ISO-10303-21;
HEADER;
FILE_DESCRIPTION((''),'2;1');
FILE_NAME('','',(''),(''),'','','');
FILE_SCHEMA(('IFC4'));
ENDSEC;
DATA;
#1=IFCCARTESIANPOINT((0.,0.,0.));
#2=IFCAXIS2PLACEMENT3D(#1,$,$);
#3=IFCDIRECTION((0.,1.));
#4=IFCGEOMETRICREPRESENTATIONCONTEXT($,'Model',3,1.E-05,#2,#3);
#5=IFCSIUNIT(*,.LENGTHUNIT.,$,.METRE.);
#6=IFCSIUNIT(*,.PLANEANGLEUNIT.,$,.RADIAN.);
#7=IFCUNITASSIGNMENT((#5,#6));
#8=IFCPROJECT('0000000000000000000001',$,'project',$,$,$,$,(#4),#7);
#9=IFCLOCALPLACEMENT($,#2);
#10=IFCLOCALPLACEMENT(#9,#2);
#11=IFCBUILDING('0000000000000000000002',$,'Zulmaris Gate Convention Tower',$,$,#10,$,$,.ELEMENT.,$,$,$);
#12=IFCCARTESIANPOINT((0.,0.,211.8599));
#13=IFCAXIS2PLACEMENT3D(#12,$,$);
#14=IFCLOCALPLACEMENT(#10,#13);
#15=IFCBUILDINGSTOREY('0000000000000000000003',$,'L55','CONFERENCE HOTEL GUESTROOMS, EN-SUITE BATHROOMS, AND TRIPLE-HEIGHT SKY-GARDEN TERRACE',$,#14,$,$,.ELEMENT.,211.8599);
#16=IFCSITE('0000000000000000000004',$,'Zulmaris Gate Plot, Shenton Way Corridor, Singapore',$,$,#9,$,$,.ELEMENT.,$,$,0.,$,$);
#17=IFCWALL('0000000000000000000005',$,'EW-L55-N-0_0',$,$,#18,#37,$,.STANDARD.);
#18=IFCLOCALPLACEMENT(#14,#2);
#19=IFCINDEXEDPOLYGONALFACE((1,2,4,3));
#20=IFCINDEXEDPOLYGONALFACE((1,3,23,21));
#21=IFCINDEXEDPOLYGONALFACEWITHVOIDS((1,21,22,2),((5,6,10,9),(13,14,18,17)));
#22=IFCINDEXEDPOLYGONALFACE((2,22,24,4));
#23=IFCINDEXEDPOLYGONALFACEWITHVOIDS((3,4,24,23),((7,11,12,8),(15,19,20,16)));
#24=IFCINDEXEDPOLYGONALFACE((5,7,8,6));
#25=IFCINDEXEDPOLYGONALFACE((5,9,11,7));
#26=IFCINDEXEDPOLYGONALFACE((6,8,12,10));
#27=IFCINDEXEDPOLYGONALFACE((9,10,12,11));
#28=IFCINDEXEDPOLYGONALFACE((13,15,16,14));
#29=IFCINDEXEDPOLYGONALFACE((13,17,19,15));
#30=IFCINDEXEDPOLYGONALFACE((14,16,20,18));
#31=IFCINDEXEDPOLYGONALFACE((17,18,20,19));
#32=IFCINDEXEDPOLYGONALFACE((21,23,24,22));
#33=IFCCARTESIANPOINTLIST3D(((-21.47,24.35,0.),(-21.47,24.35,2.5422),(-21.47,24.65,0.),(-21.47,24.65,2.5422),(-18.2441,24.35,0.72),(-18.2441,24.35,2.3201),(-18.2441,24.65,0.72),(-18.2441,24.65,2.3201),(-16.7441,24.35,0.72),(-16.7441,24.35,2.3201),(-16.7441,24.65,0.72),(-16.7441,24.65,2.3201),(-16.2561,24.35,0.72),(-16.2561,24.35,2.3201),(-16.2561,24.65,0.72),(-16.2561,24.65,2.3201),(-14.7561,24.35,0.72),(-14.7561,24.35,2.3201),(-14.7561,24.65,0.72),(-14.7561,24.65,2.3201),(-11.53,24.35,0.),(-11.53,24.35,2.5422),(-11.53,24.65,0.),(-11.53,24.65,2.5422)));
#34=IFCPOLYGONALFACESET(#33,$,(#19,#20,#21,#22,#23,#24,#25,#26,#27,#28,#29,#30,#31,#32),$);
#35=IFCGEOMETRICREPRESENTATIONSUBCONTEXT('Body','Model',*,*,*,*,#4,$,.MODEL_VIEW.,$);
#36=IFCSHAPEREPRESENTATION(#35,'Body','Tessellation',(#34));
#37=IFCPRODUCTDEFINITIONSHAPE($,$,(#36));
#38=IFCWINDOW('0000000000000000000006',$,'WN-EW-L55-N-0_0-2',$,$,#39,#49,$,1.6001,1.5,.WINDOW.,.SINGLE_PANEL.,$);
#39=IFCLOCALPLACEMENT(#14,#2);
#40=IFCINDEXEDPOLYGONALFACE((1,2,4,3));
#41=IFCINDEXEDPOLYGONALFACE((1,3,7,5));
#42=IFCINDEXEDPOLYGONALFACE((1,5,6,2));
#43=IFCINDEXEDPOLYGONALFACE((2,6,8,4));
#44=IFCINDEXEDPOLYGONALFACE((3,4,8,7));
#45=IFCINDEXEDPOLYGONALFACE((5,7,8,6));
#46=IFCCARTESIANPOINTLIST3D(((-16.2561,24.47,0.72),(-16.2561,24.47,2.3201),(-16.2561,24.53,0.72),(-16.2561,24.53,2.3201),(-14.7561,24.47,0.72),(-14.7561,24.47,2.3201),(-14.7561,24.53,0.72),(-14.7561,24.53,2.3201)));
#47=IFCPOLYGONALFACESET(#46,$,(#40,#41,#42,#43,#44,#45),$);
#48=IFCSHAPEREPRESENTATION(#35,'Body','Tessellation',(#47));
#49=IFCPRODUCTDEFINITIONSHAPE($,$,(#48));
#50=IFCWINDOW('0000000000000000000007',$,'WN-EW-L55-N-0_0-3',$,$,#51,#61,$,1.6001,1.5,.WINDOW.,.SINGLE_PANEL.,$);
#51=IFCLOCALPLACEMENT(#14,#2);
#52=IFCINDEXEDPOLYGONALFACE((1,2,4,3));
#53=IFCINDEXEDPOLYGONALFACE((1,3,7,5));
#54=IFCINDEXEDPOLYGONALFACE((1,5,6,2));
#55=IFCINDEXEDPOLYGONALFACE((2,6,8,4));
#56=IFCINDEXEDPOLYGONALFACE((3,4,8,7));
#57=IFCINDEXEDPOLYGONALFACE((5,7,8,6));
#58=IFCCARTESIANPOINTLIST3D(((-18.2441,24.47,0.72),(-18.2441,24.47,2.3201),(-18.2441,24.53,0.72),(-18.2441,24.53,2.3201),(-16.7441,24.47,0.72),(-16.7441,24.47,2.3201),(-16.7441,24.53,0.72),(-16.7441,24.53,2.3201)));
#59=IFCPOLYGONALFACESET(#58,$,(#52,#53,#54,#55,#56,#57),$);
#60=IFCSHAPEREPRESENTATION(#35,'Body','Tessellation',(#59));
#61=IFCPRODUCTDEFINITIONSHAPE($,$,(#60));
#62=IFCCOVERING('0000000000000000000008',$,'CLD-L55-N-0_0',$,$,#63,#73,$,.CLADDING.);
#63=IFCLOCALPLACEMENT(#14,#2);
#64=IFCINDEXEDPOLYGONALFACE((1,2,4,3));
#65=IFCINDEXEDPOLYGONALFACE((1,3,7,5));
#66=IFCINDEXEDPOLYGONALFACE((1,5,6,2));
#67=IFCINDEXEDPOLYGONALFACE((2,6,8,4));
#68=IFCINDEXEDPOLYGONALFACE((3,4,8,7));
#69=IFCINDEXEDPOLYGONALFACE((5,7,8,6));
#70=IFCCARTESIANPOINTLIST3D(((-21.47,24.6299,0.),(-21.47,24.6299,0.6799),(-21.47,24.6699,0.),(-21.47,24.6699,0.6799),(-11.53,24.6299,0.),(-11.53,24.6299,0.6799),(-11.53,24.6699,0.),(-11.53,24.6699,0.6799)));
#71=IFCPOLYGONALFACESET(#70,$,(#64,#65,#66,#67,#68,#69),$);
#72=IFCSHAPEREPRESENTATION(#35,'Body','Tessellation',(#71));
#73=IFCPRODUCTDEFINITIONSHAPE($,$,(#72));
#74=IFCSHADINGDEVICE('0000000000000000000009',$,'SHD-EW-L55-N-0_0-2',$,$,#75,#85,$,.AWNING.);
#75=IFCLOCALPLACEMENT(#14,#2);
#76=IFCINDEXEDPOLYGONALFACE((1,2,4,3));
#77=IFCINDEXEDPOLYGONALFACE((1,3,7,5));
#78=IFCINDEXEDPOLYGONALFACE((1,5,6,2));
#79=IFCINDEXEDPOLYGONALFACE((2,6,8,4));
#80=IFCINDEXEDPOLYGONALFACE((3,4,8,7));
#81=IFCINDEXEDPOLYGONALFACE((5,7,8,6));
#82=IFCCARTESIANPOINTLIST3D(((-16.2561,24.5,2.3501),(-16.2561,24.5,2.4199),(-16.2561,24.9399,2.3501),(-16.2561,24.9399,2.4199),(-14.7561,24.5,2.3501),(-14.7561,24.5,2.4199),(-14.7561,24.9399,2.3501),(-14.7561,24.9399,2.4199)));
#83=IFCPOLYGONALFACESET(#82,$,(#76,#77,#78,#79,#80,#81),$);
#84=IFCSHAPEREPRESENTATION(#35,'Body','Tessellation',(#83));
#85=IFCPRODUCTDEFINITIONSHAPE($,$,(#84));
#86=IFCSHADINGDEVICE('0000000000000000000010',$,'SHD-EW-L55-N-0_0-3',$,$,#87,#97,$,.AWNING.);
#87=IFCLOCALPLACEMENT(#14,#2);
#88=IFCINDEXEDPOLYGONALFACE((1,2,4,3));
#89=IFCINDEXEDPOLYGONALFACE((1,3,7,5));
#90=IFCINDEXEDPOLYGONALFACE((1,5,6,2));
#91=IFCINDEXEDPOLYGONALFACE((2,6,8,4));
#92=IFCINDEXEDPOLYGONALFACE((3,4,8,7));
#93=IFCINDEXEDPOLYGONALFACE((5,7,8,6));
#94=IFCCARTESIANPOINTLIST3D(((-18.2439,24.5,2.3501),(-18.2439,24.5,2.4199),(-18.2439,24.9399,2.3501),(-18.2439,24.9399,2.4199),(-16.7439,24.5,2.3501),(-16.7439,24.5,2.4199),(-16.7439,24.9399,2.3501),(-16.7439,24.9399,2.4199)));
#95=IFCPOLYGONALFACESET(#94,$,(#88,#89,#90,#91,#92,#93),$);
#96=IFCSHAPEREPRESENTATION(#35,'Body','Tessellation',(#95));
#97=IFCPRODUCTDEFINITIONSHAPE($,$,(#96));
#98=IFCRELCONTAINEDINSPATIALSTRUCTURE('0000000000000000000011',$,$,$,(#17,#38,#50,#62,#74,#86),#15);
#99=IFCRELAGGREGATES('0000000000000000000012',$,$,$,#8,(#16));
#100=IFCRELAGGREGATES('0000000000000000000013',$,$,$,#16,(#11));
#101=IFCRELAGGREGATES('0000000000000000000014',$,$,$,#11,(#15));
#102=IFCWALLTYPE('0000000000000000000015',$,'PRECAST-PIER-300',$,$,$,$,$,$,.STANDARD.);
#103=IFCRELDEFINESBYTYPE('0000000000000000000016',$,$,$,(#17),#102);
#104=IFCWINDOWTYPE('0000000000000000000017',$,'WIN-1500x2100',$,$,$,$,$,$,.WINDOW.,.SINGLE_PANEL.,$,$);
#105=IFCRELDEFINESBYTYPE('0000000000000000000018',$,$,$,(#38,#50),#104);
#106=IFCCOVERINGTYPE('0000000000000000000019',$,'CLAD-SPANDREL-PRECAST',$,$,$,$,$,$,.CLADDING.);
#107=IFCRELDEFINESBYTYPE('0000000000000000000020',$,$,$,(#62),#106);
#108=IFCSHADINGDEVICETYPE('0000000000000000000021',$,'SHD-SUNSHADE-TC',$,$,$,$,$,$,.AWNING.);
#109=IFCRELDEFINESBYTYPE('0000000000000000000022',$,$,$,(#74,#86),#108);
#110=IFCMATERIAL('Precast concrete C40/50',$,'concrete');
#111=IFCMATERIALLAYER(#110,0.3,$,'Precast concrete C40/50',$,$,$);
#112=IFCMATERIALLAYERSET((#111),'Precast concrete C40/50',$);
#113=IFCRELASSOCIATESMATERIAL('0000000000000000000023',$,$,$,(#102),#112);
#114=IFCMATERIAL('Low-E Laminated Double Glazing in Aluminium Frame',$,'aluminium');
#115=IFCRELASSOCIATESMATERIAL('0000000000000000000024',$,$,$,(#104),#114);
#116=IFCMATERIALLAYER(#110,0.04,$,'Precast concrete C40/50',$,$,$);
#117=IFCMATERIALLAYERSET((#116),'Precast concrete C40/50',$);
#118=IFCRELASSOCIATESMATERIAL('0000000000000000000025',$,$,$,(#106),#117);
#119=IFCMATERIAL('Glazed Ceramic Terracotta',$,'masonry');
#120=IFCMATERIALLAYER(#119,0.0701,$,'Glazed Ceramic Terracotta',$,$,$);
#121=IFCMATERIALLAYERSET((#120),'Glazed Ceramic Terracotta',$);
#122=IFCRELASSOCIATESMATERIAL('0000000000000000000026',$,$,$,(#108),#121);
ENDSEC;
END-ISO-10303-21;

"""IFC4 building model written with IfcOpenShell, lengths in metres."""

from ifc_helpers import new_model, si_unit, direction, frame, frame_2d, origin, place, context, subcontext, project, spatial, rectangle, extrude, material, layer, layer_set, type_object, element, fill, save


model = new_model("IFC4")

# Units and contexts
model_context = context("Model", 3, precision=1e-05, world=origin(), true_north=direction((0.0, 1.0)))
body_context = subcontext(model_context, "Body", "Model", "MODEL_VIEW")
ifc_project = project(units=[si_unit("LENGTHUNIT", "METRE"), si_unit("PLANEANGLEUNIT", "RADIAN")], contexts=[model_context])

# Site, building, storey
site_placement = place(None, origin())
site = spatial("IfcSite", under=ifc_project, at=site_placement, Name="Zulmaris Gate Plot, Shenton Way Corridor, Singapore", CompositionType="ELEMENT", RefElevation=0.0)
building_placement = place(site_placement, origin())
building = spatial("IfcBuilding", under=site, at=building_placement, Name="Zulmaris Gate Convention Tower", CompositionType="ELEMENT")
storey_placement = place(building_placement, frame((0.0, 0.0, 211.8599)))
storey = spatial("IfcBuildingStorey", under=building, at=storey_placement, Name="L55", Description="CONFERENCE HOTEL GUESTROOMS, EN-SUITE BATHROOMS, AND TRIPLE-HEIGHT SKY-GARDEN TERRACE", CompositionType="ELEMENT", Elevation=211.8599)

# Wall, openings, windows
ifc_material_1 = material(Name="Precast concrete C40/50", Category="concrete")
ifc_layer_1 = layer(ifc_material_1, 0.3, Name="Precast concrete C40/50")
ifc_layer_set_1 = layer_set([ifc_layer_1], Name="Precast concrete C40/50")
wall_type_1 = type_object("IfcWallType", Name="PRECAST-PIER-300", PredefinedType="STANDARD", material=ifc_layer_set_1)
wall_1_placement = place(storey_placement, frame((-11.53, 24.5, 0.0), z_axis=(0.0, 0.0, 1.0), x_axis=(-1.0, 0.0, 0.0)))
wall_1 = element("IfcWall", 1, at=wall_1_placement, inside=storey, type_object=wall_type_1, Name="EW-L55-N-0_0", PredefinedType="STANDARD", context=body_context, shape_type="SweptSolid", body=[
    extrude(rectangle(XDim=9.9399, YDim=0.3, at=frame_2d((4.97, 0.0))), origin(), (0.0, 0.0, 1.0), 2.5422),
])
opening_1_placement = place(wall_1_placement, frame((3.2261, 0.0, 0.72)))
opening_1 = element("IfcOpeningElement", 2, at=opening_1_placement, cuts=wall_1, PredefinedType="OPENING", context=body_context, shape_type="SweptSolid", body=[
    extrude(rectangle(XDim=1.5, YDim=1.6001, at=frame_2d((0.75, 0.8))), frame((0.0, 0.1602, 0.0), z_axis=(0.0, -1.0, 0.0), x_axis=(1.0, 0.0, 0.0)), (0.0, 0.0, 1.0), 0.3201),
])
opening_2_placement = place(wall_1_placement, frame((5.2141, 0.0, 0.72)))
opening_2 = element("IfcOpeningElement", 3, at=opening_2_placement, cuts=wall_1, PredefinedType="OPENING", context=body_context, shape_type="SweptSolid", body=[
    extrude(rectangle(XDim=1.5, YDim=1.6001, at=frame_2d((0.75, 0.8))), frame((0.0, 0.1602, 0.0), z_axis=(0.0, -1.0, 0.0), x_axis=(1.0, 0.0, 0.0)), (0.0, 0.0, 1.0), 0.3201),
])
ifc_material_2 = material(Name="Low-E Laminated Double Glazing in Aluminium Frame", Category="aluminium")
window_type = type_object("IfcWindowType", Name="WIN-1500x2100", PartitioningType="SINGLE_PANEL", PredefinedType="WINDOW", material=ifc_material_2)
window_1_placement = place(opening_1_placement, origin())
window_1 = element("IfcWindow", 4, at=window_1_placement, inside=storey, type_object=window_type, Name="WN-EW-L55-N-0_0-2", OverallHeight=1.6001, OverallWidth=1.5, PartitioningType="SINGLE_PANEL", PredefinedType="WINDOW", context=body_context, shape_type="SweptSolid", body=[
    extrude(rectangle(XDim=1.5, YDim=1.6001, at=frame_2d((0.75, 0.8))), frame((0.0, 0.03, 0.0), z_axis=(0.0, -1.0, 0.0), x_axis=(1.0, 0.0, 0.0)), (0.0, 0.0, 1.0), 0.0601),
])
fill(opening_1, window_1)
window_2_placement = place(opening_2_placement, origin())
window_2 = element("IfcWindow", 5, at=window_2_placement, inside=storey, type_object=window_type, Name="WN-EW-L55-N-0_0-3", OverallHeight=1.6001, OverallWidth=1.5, PartitioningType="SINGLE_PANEL", PredefinedType="WINDOW", context=body_context, shape_type="SweptSolid", body=[
    extrude(rectangle(XDim=1.5, YDim=1.6001, at=frame_2d((0.75, 0.8))), frame((0.0, 0.03, 0.0), z_axis=(0.0, -1.0, 0.0), x_axis=(1.0, 0.0, 0.0)), (0.0, 0.0, 1.0), 0.0601),
])
fill(opening_2, window_2)

# Covering
ifc_layer_2 = layer(ifc_material_1, 0.04, Name="Precast concrete C40/50")
ifc_layer_set_2 = layer_set([ifc_layer_2], Name="Precast concrete C40/50")
covering_type = type_object("IfcCoveringType", Name="CLAD-SPANDREL-PRECAST", PredefinedType="CLADDING", material=ifc_layer_set_2)
covering_placement = place(storey_placement, frame((-11.53, 24.6499, 0.0), z_axis=(0.0, 0.0, 1.0), x_axis=(-1.0, 0.0, 0.0)))
element("IfcCovering", 6, at=covering_placement, inside=storey, type_object=covering_type, Name="CLD-L55-N-0_0", PredefinedType="CLADDING", context=body_context, shape_type="SweptSolid", body=[
    extrude(rectangle(XDim=9.9399, YDim=0.04, at=frame_2d((4.97, 0.0))), origin(), (0.0, 0.0, 1.0), 0.6799),
])

# Shading devices
ifc_material_3 = material(Name="Glazed Ceramic Terracotta", Category="masonry")
ifc_layer_3 = layer(ifc_material_3, 0.0701, Name="Glazed Ceramic Terracotta")
ifc_layer_set_3 = layer_set([ifc_layer_3], Name="Glazed Ceramic Terracotta")
shading_device_type = type_object("IfcShadingDeviceType", Name="SHD-SUNSHADE-TC", PredefinedType="AWNING", material=ifc_layer_set_3)
for number, where, z_axis, x_axis, name in (
    (7, (-14.7561, 24.72, 2.3501), (0.0, 0.0, 1.0), (-1.0, 0.0, 0.0), "SHD-EW-L55-N-0_0-2"),
    (8, (-16.7439, 24.72, 2.3501), (0.0, 0.0, 1.0), (-1.0, 0.0, 0.0), "SHD-EW-L55-N-0_0-3"),
):
    element("IfcShadingDevice", number, at=place(storey_placement, frame(where, z_axis=z_axis, x_axis=x_axis)), inside=storey, type_object=shading_device_type, Name=name, PredefinedType="AWNING", context=body_context, shape_type="SweptSolid", body=[
        extrude(rectangle(XDim=1.5, YDim=0.4399, at=frame_2d((0.75, 0.0))), origin(), (0.0, 0.0, 1.0), 0.0698),
    ])

save(model, "model.ifc")
